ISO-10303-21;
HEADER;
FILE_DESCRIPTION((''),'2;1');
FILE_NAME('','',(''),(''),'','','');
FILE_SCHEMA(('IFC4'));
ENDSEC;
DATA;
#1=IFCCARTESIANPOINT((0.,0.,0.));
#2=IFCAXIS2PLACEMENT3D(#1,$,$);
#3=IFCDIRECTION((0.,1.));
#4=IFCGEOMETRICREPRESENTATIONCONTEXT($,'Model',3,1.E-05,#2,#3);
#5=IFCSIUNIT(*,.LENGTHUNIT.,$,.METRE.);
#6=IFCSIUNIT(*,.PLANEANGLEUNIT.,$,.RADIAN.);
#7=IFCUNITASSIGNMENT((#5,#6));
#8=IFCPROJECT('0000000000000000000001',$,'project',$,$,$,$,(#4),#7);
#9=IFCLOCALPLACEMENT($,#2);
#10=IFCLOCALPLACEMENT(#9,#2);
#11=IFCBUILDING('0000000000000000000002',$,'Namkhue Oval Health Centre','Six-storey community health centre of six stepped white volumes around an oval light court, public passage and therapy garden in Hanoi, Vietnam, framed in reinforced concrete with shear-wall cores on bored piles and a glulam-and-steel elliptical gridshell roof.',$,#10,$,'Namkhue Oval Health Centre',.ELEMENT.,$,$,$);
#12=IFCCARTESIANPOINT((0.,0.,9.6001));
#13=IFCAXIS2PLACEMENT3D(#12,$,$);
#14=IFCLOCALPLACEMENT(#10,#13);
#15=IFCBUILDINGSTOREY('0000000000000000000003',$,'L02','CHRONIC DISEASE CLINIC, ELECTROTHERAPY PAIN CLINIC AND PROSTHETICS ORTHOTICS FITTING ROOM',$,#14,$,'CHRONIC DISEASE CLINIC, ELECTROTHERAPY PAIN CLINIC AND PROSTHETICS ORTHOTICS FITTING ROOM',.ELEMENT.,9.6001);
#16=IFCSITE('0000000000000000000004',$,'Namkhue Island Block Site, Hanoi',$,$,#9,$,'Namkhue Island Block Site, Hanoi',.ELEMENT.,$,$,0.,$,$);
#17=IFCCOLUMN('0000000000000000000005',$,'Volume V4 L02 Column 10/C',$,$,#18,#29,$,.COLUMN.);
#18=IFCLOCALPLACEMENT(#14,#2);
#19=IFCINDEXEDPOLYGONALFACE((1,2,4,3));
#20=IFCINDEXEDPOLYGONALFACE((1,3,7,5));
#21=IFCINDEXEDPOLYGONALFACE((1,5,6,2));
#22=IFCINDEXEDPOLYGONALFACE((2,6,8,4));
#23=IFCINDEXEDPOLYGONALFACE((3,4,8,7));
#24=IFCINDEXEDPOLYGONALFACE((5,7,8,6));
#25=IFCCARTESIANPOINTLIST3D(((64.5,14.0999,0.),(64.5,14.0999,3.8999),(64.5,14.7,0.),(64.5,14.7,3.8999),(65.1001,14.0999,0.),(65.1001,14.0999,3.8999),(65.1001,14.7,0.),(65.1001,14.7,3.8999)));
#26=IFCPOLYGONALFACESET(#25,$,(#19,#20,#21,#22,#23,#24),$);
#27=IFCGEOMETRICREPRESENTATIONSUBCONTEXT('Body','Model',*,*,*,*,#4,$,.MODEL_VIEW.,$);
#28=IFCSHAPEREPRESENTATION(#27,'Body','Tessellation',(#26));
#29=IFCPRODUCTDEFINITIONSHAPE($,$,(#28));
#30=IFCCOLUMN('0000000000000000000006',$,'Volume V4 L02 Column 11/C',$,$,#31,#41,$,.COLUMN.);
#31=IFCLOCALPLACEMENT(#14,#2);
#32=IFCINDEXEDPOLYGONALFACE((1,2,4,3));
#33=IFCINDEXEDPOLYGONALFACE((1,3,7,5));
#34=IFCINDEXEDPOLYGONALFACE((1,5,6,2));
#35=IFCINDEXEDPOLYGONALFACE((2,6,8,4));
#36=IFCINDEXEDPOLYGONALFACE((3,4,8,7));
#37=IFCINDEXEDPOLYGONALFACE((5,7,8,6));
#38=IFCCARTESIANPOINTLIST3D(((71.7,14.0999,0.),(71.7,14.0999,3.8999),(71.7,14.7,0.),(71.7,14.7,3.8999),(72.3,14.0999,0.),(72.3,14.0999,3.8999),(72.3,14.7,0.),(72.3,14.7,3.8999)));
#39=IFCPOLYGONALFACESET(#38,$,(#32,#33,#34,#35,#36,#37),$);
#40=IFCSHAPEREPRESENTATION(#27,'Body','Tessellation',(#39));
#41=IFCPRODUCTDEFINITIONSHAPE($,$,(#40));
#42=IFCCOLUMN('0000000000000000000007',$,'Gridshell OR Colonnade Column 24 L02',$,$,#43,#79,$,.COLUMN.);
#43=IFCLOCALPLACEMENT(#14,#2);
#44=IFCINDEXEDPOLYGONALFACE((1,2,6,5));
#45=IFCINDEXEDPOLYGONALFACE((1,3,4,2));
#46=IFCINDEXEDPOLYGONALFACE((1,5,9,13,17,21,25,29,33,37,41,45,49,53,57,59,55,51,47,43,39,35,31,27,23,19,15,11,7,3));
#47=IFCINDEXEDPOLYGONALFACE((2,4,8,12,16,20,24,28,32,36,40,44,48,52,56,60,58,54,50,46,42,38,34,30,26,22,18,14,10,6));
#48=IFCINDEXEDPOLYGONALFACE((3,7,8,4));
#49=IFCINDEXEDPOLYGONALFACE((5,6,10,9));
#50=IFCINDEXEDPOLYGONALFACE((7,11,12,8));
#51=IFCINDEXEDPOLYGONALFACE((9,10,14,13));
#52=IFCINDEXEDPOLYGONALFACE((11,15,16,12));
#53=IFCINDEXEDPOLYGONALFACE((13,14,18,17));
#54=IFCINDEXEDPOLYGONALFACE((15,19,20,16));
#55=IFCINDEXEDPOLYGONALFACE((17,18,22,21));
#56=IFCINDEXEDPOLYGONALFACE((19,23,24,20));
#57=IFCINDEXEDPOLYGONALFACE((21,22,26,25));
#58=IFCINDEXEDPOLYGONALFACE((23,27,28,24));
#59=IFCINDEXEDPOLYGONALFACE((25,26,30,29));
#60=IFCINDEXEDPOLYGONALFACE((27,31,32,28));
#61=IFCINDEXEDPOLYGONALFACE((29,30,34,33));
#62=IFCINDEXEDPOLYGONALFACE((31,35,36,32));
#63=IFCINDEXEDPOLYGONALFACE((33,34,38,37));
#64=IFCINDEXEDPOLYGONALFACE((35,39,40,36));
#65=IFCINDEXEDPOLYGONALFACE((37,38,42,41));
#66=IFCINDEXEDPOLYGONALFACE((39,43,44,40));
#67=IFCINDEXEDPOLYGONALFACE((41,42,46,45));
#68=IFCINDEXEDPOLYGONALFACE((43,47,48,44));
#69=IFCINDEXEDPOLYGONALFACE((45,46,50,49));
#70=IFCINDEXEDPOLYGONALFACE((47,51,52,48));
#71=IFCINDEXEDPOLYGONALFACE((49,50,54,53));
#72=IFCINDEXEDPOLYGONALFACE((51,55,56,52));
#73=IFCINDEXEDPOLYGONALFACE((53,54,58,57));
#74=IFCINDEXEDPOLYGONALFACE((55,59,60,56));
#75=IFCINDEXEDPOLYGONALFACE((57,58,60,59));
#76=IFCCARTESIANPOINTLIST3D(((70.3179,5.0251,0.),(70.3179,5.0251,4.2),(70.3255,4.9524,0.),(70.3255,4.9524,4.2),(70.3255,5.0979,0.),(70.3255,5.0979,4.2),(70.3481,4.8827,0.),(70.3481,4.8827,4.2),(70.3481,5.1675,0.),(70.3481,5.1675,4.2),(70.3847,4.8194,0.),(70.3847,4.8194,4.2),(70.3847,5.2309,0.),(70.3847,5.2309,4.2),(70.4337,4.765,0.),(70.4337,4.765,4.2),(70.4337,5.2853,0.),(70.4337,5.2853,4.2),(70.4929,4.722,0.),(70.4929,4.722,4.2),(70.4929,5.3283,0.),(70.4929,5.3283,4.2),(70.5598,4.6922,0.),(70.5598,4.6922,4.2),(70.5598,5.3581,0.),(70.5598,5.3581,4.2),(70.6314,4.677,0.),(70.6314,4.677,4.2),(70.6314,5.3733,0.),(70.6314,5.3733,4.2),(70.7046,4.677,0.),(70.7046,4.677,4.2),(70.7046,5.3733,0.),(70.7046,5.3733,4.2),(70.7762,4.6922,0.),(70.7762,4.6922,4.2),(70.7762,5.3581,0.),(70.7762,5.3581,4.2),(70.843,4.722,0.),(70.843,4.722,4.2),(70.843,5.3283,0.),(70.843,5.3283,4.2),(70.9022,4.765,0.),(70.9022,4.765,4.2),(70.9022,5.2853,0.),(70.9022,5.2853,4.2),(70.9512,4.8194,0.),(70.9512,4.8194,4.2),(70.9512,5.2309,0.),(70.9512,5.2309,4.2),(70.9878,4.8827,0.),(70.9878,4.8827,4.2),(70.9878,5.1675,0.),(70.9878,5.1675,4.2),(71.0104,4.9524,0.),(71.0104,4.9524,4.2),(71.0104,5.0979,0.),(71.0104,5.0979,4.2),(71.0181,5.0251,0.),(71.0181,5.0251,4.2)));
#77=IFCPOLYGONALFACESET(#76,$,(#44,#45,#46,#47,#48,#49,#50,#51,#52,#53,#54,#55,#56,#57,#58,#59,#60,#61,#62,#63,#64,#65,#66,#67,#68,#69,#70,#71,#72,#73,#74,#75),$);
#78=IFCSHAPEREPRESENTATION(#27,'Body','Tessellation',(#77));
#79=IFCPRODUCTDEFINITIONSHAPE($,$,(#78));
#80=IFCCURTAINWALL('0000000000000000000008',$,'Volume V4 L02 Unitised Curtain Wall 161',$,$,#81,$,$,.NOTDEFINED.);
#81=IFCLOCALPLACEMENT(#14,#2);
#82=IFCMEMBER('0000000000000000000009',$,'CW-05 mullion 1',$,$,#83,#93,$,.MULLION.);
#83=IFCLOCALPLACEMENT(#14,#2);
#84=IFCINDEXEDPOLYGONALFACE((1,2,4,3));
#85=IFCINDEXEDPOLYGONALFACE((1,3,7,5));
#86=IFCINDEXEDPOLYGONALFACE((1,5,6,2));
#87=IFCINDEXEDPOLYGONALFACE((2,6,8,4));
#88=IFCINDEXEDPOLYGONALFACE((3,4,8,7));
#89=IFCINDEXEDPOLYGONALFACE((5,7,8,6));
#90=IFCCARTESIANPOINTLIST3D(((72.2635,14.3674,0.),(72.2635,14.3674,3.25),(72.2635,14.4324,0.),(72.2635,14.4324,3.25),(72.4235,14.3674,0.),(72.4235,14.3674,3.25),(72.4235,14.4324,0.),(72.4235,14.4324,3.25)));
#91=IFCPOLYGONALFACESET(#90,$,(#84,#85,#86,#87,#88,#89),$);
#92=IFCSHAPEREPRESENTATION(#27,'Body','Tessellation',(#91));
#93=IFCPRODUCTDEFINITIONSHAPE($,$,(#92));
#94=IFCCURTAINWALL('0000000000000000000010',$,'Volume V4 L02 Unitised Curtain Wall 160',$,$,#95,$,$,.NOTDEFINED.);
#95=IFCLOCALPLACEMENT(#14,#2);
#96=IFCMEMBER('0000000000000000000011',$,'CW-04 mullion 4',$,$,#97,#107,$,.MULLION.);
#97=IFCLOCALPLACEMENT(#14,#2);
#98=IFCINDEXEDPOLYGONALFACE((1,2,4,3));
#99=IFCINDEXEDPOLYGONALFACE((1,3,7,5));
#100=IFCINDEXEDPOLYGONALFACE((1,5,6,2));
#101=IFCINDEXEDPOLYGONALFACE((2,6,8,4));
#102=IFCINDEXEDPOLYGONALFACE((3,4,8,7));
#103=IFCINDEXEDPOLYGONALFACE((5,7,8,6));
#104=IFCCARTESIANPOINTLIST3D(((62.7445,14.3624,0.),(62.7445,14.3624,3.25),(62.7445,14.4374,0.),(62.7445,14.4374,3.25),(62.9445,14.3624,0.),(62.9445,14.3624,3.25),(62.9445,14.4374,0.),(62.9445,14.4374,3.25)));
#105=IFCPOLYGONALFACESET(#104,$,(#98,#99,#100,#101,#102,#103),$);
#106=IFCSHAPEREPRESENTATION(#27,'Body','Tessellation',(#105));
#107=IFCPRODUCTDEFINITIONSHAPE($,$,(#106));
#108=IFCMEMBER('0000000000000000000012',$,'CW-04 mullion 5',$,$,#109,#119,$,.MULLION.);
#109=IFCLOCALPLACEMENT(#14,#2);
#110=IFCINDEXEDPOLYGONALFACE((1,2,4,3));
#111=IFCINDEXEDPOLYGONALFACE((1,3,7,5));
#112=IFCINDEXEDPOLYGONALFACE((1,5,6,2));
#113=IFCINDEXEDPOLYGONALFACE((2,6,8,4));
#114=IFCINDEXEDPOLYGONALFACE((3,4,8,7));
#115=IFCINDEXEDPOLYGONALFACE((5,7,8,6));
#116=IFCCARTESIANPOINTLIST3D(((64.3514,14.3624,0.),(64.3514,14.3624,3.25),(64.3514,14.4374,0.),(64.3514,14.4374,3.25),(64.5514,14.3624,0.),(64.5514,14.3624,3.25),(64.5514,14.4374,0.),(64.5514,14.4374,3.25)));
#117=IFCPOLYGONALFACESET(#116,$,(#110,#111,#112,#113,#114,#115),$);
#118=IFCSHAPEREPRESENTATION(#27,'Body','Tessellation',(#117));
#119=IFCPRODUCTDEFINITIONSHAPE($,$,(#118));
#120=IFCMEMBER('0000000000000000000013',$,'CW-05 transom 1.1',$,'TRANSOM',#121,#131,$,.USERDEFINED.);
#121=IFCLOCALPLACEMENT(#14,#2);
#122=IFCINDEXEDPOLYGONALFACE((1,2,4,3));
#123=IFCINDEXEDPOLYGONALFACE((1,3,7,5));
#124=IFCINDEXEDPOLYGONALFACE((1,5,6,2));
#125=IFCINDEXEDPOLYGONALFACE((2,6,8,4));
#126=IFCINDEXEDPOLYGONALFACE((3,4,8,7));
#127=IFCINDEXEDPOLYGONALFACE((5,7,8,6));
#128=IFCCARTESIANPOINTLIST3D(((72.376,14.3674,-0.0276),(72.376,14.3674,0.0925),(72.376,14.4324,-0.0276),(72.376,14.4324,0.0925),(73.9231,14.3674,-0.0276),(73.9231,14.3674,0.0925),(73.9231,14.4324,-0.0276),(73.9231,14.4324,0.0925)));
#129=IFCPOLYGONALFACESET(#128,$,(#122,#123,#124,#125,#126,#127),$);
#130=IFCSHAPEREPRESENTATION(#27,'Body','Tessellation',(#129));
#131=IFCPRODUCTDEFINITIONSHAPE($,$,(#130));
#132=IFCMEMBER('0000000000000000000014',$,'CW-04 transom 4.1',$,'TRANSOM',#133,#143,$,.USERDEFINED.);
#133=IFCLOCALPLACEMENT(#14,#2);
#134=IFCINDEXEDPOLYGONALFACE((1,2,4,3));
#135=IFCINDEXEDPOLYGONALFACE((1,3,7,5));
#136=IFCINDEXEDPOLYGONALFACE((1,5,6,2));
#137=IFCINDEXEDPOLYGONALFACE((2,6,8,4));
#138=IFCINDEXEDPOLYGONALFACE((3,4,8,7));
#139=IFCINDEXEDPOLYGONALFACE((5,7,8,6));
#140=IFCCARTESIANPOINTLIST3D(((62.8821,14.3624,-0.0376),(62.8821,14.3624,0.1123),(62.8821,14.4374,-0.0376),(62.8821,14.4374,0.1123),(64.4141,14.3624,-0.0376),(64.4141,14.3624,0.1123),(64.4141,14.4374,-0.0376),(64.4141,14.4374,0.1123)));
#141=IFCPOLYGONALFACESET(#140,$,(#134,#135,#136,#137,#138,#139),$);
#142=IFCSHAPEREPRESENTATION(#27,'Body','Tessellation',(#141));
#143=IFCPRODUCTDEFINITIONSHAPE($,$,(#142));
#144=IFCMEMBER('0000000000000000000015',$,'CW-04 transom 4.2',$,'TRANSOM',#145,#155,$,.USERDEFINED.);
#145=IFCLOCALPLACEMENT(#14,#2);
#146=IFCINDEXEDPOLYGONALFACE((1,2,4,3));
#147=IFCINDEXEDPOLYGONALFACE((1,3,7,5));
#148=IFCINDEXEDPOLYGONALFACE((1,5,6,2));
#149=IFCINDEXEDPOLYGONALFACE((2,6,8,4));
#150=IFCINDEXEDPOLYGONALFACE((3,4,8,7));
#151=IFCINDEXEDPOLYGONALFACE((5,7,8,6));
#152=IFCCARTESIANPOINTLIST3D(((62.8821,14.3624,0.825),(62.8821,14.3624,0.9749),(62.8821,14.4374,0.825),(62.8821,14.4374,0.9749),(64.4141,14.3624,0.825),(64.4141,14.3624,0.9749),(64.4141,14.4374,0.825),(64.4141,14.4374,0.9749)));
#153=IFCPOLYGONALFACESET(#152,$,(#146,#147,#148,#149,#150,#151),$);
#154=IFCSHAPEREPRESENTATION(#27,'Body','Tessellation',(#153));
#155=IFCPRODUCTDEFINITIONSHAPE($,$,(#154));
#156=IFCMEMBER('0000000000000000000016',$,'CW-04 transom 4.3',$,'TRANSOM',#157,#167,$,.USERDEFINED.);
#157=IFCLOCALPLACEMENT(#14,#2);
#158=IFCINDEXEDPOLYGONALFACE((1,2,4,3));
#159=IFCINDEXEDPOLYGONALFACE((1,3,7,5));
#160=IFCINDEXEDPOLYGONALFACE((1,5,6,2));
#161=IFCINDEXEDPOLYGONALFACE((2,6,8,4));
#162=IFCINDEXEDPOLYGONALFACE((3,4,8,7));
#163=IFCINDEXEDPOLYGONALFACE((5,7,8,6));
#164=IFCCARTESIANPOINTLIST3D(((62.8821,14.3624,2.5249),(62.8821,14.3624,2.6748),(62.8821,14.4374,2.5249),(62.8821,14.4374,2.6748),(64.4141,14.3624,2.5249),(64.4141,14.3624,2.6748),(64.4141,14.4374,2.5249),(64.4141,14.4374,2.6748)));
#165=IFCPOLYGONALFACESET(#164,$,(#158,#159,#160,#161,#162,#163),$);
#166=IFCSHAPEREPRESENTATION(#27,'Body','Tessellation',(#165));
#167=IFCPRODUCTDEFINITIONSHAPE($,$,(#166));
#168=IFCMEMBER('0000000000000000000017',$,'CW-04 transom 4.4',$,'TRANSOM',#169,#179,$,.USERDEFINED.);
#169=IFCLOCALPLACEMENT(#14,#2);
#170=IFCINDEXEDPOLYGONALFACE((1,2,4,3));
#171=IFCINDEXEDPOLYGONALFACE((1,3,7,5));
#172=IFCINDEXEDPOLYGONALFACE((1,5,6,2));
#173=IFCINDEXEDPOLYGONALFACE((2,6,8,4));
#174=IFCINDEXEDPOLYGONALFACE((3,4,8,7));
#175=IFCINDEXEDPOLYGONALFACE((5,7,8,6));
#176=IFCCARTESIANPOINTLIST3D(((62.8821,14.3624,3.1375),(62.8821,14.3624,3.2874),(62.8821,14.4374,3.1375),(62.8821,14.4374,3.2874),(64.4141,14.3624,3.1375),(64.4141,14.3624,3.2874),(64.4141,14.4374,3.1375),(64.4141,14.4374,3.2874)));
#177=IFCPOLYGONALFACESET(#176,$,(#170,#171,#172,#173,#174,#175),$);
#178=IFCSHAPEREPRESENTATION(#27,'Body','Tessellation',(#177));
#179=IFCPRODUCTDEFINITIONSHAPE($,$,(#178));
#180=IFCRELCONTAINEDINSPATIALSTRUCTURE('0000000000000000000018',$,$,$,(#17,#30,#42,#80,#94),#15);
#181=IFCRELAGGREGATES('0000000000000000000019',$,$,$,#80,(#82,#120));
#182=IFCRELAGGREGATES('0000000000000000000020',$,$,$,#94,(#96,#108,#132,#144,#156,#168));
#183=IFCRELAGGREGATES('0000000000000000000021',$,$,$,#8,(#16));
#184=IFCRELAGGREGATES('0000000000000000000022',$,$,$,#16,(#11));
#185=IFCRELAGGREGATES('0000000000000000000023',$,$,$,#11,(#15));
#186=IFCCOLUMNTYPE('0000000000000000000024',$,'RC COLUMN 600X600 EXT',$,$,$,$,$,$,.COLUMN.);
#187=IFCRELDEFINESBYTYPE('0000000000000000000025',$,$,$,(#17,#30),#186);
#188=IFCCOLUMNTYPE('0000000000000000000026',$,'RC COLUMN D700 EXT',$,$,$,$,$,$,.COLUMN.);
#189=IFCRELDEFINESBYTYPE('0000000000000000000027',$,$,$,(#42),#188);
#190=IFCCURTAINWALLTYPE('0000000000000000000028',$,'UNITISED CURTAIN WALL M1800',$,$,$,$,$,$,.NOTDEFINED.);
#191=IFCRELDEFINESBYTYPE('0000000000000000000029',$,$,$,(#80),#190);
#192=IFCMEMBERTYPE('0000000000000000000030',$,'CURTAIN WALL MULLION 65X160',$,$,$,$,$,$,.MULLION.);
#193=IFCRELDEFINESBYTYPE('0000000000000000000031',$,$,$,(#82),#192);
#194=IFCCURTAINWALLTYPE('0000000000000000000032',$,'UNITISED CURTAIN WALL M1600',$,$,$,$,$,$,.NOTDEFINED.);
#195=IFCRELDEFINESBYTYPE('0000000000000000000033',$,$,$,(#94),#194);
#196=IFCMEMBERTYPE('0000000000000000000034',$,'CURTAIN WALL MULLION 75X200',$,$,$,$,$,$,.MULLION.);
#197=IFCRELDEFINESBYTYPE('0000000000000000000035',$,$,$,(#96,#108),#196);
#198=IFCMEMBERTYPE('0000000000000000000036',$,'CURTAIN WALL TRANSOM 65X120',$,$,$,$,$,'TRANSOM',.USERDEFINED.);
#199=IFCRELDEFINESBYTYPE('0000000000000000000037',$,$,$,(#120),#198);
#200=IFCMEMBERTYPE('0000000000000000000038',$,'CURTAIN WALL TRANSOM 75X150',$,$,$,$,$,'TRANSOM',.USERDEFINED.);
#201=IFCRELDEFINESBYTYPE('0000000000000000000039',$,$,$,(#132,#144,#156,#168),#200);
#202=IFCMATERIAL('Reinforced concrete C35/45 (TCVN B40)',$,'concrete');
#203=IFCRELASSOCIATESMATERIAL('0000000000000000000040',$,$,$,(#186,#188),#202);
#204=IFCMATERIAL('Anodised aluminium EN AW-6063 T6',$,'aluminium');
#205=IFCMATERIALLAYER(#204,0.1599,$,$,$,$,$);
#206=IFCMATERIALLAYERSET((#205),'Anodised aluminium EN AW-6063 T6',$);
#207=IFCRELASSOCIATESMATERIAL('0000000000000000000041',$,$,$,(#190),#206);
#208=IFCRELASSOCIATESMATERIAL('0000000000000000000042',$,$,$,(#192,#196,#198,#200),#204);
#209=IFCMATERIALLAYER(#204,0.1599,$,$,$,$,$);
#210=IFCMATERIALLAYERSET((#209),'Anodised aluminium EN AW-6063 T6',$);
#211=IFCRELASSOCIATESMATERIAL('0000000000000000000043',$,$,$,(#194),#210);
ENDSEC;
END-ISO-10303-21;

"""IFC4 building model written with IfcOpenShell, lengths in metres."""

from ifc_helpers import new_model, si_unit, direction, frame, origin, origin_2d, place, context, subcontext, project, spatial, rectangle, circle, extrude, material, layer, layer_set, material_profile, profile_set, type_object, element, aggregate, save


model = new_model("IFC4")

# Units and contexts
model_context = context("Model", 3, precision=1e-05, world=origin(), true_north=direction((0.0, 1.0)))
body_context = subcontext(model_context, "Body", "Model", "MODEL_VIEW")
ifc_project = project(units=[si_unit("LENGTHUNIT", "METRE"), si_unit("PLANEANGLEUNIT", "RADIAN")], contexts=[model_context])

# Site, building, storey
site_placement = place(None, origin())
site = spatial("IfcSite", under=ifc_project, at=site_placement, Name="Namkhue Island Block Site, Hanoi", LongName="Namkhue Island Block Site, Hanoi", CompositionType="ELEMENT", RefElevation=0.0)
building_placement = place(site_placement, origin())
building = spatial("IfcBuilding", under=site, at=building_placement, Name="Namkhue Oval Health Centre", Description="Six-storey community health centre of six stepped white volumes around an oval light court, public passage and therapy garden in Hanoi, Vietnam, framed in reinforced concrete with shear-wall cores on bored piles and a glulam-and-steel elliptical gridshell roof.", LongName="Namkhue Oval Health Centre", CompositionType="ELEMENT")
storey_placement = place(building_placement, frame((0.0, 0.0, 9.6001)))
storey = spatial("IfcBuildingStorey", under=building, at=storey_placement, Name="L02", Description="CHRONIC DISEASE CLINIC, ELECTROTHERAPY PAIN CLINIC AND PROSTHETICS ORTHOTICS FITTING ROOM", LongName="CHRONIC DISEASE CLINIC, ELECTROTHERAPY PAIN CLINIC AND PROSTHETICS ORTHOTICS FITTING ROOM", CompositionType="ELEMENT", Elevation=9.6001)

# Columns
ifc_material_1 = material(Name="Reinforced concrete C35/45 (TCVN B40)", Category="concrete")
ifc_material_profile_1 = material_profile(ifc_material_1, rectangle(XDim=0.6001, YDim=0.6001, at=origin_2d()), Name="RC 600x600")
ifc_profile_set_1 = profile_set([ifc_material_profile_1], Name="Reinforced concrete C35/45 (TCVN B40)")
column_type_1 = type_object("IfcColumnType", Name="RC COLUMN 600X600 EXT", PredefinedType="COLUMN", material=ifc_profile_set_1)
for number, where, z_axis, x_axis, name in (
    (1, (64.8, 14.3999, 0.0), (0.0, 0.0, 1.0), (1.0, 0.0, 0.0), "Volume V4 L02 Column 10/C"),
    (2, (72.0, 14.3999, 0.0), (0.0, 0.0, 1.0), (1.0, 0.0, 0.0), "Volume V4 L02 Column 11/C"),
):
    element("IfcColumn", number, at=place(storey_placement, frame(where, z_axis=z_axis, x_axis=x_axis)), inside=storey, type_object=column_type_1, Name=name, PredefinedType="COLUMN", context=body_context, shape_type="SweptSolid", body=[
        extrude(rectangle(XDim=0.6001, YDim=0.6001, at=origin_2d()), origin(), (0.0, 0.0, 1.0), 3.8999),
    ])
ifc_material_profile_2 = material_profile(ifc_material_1, circle(Radius=0.3501, at=origin_2d()), Name="RC D700")
ifc_profile_set_2 = profile_set([ifc_material_profile_2], Name="Reinforced concrete C35/45 (TCVN B40)")
column_type_2 = type_object("IfcColumnType", Name="RC COLUMN D700 EXT", PredefinedType="COLUMN", material=ifc_profile_set_2)
column_placement = place(storey_placement, frame((70.668, 5.0251, 0.0), z_axis=(0.0, 0.0, 1.0), x_axis=(1.0, 0.0, 0.0)))
element("IfcColumn", 3, at=column_placement, inside=storey, type_object=column_type_2, Name="Gridshell OR Colonnade Column 24 L02", PredefinedType="COLUMN", context=body_context, shape_type="SweptSolid", body=[
    extrude(circle(Radius=0.3501, at=origin_2d()), origin(), (0.0, 0.0, 1.0), 4.2),
])

# Curtain wall, member
ifc_material_2 = material(Name="Anodised aluminium EN AW-6063 T6", Category="aluminium")
ifc_layer_1 = layer(ifc_material_2, 0.1599)
ifc_layer_set_1 = layer_set([ifc_layer_1], Name="Anodised aluminium EN AW-6063 T6")
curtain_wall_type_1 = type_object("IfcCurtainWallType", Name="UNITISED CURTAIN WALL M1800", PredefinedType="NOTDEFINED", material=ifc_layer_set_1)
curtain_wall_1_placement = place(storey_placement, origin())
curtain_wall_1 = element("IfcCurtainWall", 4, at=curtain_wall_1_placement, inside=storey, type_object=curtain_wall_type_1, Name="Volume V4 L02 Unitised Curtain Wall 161", PredefinedType="NOTDEFINED")
ifc_material_profile_3 = material_profile(ifc_material_2, rectangle(XDim=0.0649, YDim=0.1599, at=origin_2d()), Name="ALU 65x160")
ifc_profile_set_3 = profile_set([ifc_material_profile_3], Name="Anodised aluminium EN AW-6063 T6")
member_type_1 = type_object("IfcMemberType", Name="CURTAIN WALL MULLION 65X160", PredefinedType="MULLION", material=ifc_profile_set_3)
member_1_placement = place(storey_placement, frame((72.3435, 14.3999, 0.0), z_axis=(0.0, 0.0, 1.0), x_axis=(0.0, 1.0, 0.0)))
member_1 = element("IfcMember", 5, at=member_1_placement, type_object=member_type_1, Name="CW-05 mullion 1", PredefinedType="MULLION", context=body_context, shape_type="SweptSolid", body=[
    extrude(rectangle(XDim=0.0649, YDim=0.1599, at=origin_2d()), origin(), (0.0, 0.0, 1.0), 3.25),
])

# Curtain wall, members
ifc_layer_2 = layer(ifc_material_2, 0.1599)
ifc_layer_set_2 = layer_set([ifc_layer_2], Name="Anodised aluminium EN AW-6063 T6")
curtain_wall_type_2 = type_object("IfcCurtainWallType", Name="UNITISED CURTAIN WALL M1600", PredefinedType="NOTDEFINED", material=ifc_layer_set_2)
curtain_wall_2_placement = place(storey_placement, origin())
curtain_wall_2 = element("IfcCurtainWall", 6, at=curtain_wall_2_placement, inside=storey, type_object=curtain_wall_type_2, Name="Volume V4 L02 Unitised Curtain Wall 160", PredefinedType="NOTDEFINED")
ifc_material_profile_4 = material_profile(ifc_material_2, rectangle(XDim=0.075, YDim=0.2, at=origin_2d()), Name="ALU 75x200")
ifc_profile_set_4 = profile_set([ifc_material_profile_4], Name="Anodised aluminium EN AW-6063 T6")
member_type_2 = type_object("IfcMemberType", Name="CURTAIN WALL MULLION 75X200", PredefinedType="MULLION", material=ifc_profile_set_4)
member_2_placement = place(storey_placement, frame((62.8445, 14.3999, 0.0), z_axis=(0.0, 0.0, 1.0), x_axis=(0.0, 1.0, 0.0)))
member_2 = element("IfcMember", 7, at=member_2_placement, type_object=member_type_2, Name="CW-04 mullion 4", PredefinedType="MULLION", context=body_context, shape_type="SweptSolid", body=[
    extrude(rectangle(XDim=0.075, YDim=0.2, at=origin_2d()), origin(), (0.0, 0.0, 1.0), 3.25),
])
member_3_placement = place(storey_placement, frame((64.4514, 14.3999, 0.0), z_axis=(0.0, 0.0, 1.0), x_axis=(0.0, 1.0, 0.0)))
member_3 = element("IfcMember", 8, at=member_3_placement, type_object=member_type_2, Name="CW-04 mullion 5", PredefinedType="MULLION", context=body_context, shape_type="SweptSolid", body=[
    extrude(rectangle(XDim=0.075, YDim=0.2, at=origin_2d()), origin(), (0.0, 0.0, 1.0), 3.25),
])

# Members
ifc_material_profile_5 = material_profile(ifc_material_2, rectangle(XDim=0.0649, YDim=0.1201, at=origin_2d()), Name="ALU 65x120")
ifc_profile_set_5 = profile_set([ifc_material_profile_5], Name="Anodised aluminium EN AW-6063 T6")
member_type_3 = type_object("IfcMemberType", Name="CURTAIN WALL TRANSOM 65X120", ElementType="TRANSOM", PredefinedType="USERDEFINED", material=ifc_profile_set_5)
member_4_placement = place(storey_placement, frame((72.376, 14.3999, 0.0325), z_axis=(1.0, 0.0, 0.0), x_axis=(0.0, 1.0, 0.0)))
member_4 = element("IfcMember", 9, at=member_4_placement, type_object=member_type_3, Name="CW-05 transom 1.1", ObjectType="TRANSOM", PredefinedType="USERDEFINED", context=body_context, shape_type="SweptSolid", body=[
    extrude(rectangle(XDim=0.0649, YDim=0.1201, at=origin_2d()), origin(), (0.0, 0.0, 1.0), 1.5471),
])
aggregate(curtain_wall_1, [member_1, member_4])
ifc_material_profile_6 = material_profile(ifc_material_2, rectangle(XDim=0.075, YDim=0.1499, at=origin_2d()), Name="ALU 75x150")
ifc_profile_set_6 = profile_set([ifc_material_profile_6], Name="Anodised aluminium EN AW-6063 T6")
member_type_4 = type_object("IfcMemberType", Name="CURTAIN WALL TRANSOM 75X150", ElementType="TRANSOM", PredefinedType="USERDEFINED", material=ifc_profile_set_6)
member_5_placement = place(storey_placement, frame((62.8821, 14.3999, 0.0374), z_axis=(1.0, 0.0, 0.0), x_axis=(0.0, 1.0, 0.0)))
member_5 = element("IfcMember", 10, at=member_5_placement, type_object=member_type_4, Name="CW-04 transom 4.1", ObjectType="TRANSOM", PredefinedType="USERDEFINED", context=body_context, shape_type="SweptSolid", body=[
    extrude(rectangle(XDim=0.075, YDim=0.1499, at=origin_2d()), origin(), (0.0, 0.0, 1.0), 1.532),
])
member_6_placement = place(storey_placement, frame((62.8821, 14.3999, 0.8999), z_axis=(1.0, 0.0, 0.0), x_axis=(0.0, 1.0, 0.0)))
member_6 = element("IfcMember", 11, at=member_6_placement, type_object=member_type_4, Name="CW-04 transom 4.2", ObjectType="TRANSOM", PredefinedType="USERDEFINED", context=body_context, shape_type="SweptSolid", body=[
    extrude(rectangle(XDim=0.075, YDim=0.1499, at=origin_2d()), origin(), (0.0, 0.0, 1.0), 1.532),
])
member_7_placement = place(storey_placement, frame((62.8821, 14.3999, 2.5999), z_axis=(1.0, 0.0, 0.0), x_axis=(0.0, 1.0, 0.0)))
member_7 = element("IfcMember", 12, at=member_7_placement, type_object=member_type_4, Name="CW-04 transom 4.3", ObjectType="TRANSOM", PredefinedType="USERDEFINED", context=body_context, shape_type="SweptSolid", body=[
    extrude(rectangle(XDim=0.075, YDim=0.1499, at=origin_2d()), origin(), (0.0, 0.0, 1.0), 1.532),
])
member_8_placement = place(storey_placement, frame((62.8821, 14.3999, 3.2124), z_axis=(1.0, 0.0, 0.0), x_axis=(0.0, 1.0, 0.0)))
member_8 = element("IfcMember", 13, at=member_8_placement, type_object=member_type_4, Name="CW-04 transom 4.4", ObjectType="TRANSOM", PredefinedType="USERDEFINED", context=body_context, shape_type="SweptSolid", body=[
    extrude(rectangle(XDim=0.075, YDim=0.1499, at=origin_2d()), origin(), (0.0, 0.0, 1.0), 1.532),
])

aggregate(curtain_wall_2, [member_2, member_3, member_5, member_6, member_7, member_8])

save(model, "model.ifc")
